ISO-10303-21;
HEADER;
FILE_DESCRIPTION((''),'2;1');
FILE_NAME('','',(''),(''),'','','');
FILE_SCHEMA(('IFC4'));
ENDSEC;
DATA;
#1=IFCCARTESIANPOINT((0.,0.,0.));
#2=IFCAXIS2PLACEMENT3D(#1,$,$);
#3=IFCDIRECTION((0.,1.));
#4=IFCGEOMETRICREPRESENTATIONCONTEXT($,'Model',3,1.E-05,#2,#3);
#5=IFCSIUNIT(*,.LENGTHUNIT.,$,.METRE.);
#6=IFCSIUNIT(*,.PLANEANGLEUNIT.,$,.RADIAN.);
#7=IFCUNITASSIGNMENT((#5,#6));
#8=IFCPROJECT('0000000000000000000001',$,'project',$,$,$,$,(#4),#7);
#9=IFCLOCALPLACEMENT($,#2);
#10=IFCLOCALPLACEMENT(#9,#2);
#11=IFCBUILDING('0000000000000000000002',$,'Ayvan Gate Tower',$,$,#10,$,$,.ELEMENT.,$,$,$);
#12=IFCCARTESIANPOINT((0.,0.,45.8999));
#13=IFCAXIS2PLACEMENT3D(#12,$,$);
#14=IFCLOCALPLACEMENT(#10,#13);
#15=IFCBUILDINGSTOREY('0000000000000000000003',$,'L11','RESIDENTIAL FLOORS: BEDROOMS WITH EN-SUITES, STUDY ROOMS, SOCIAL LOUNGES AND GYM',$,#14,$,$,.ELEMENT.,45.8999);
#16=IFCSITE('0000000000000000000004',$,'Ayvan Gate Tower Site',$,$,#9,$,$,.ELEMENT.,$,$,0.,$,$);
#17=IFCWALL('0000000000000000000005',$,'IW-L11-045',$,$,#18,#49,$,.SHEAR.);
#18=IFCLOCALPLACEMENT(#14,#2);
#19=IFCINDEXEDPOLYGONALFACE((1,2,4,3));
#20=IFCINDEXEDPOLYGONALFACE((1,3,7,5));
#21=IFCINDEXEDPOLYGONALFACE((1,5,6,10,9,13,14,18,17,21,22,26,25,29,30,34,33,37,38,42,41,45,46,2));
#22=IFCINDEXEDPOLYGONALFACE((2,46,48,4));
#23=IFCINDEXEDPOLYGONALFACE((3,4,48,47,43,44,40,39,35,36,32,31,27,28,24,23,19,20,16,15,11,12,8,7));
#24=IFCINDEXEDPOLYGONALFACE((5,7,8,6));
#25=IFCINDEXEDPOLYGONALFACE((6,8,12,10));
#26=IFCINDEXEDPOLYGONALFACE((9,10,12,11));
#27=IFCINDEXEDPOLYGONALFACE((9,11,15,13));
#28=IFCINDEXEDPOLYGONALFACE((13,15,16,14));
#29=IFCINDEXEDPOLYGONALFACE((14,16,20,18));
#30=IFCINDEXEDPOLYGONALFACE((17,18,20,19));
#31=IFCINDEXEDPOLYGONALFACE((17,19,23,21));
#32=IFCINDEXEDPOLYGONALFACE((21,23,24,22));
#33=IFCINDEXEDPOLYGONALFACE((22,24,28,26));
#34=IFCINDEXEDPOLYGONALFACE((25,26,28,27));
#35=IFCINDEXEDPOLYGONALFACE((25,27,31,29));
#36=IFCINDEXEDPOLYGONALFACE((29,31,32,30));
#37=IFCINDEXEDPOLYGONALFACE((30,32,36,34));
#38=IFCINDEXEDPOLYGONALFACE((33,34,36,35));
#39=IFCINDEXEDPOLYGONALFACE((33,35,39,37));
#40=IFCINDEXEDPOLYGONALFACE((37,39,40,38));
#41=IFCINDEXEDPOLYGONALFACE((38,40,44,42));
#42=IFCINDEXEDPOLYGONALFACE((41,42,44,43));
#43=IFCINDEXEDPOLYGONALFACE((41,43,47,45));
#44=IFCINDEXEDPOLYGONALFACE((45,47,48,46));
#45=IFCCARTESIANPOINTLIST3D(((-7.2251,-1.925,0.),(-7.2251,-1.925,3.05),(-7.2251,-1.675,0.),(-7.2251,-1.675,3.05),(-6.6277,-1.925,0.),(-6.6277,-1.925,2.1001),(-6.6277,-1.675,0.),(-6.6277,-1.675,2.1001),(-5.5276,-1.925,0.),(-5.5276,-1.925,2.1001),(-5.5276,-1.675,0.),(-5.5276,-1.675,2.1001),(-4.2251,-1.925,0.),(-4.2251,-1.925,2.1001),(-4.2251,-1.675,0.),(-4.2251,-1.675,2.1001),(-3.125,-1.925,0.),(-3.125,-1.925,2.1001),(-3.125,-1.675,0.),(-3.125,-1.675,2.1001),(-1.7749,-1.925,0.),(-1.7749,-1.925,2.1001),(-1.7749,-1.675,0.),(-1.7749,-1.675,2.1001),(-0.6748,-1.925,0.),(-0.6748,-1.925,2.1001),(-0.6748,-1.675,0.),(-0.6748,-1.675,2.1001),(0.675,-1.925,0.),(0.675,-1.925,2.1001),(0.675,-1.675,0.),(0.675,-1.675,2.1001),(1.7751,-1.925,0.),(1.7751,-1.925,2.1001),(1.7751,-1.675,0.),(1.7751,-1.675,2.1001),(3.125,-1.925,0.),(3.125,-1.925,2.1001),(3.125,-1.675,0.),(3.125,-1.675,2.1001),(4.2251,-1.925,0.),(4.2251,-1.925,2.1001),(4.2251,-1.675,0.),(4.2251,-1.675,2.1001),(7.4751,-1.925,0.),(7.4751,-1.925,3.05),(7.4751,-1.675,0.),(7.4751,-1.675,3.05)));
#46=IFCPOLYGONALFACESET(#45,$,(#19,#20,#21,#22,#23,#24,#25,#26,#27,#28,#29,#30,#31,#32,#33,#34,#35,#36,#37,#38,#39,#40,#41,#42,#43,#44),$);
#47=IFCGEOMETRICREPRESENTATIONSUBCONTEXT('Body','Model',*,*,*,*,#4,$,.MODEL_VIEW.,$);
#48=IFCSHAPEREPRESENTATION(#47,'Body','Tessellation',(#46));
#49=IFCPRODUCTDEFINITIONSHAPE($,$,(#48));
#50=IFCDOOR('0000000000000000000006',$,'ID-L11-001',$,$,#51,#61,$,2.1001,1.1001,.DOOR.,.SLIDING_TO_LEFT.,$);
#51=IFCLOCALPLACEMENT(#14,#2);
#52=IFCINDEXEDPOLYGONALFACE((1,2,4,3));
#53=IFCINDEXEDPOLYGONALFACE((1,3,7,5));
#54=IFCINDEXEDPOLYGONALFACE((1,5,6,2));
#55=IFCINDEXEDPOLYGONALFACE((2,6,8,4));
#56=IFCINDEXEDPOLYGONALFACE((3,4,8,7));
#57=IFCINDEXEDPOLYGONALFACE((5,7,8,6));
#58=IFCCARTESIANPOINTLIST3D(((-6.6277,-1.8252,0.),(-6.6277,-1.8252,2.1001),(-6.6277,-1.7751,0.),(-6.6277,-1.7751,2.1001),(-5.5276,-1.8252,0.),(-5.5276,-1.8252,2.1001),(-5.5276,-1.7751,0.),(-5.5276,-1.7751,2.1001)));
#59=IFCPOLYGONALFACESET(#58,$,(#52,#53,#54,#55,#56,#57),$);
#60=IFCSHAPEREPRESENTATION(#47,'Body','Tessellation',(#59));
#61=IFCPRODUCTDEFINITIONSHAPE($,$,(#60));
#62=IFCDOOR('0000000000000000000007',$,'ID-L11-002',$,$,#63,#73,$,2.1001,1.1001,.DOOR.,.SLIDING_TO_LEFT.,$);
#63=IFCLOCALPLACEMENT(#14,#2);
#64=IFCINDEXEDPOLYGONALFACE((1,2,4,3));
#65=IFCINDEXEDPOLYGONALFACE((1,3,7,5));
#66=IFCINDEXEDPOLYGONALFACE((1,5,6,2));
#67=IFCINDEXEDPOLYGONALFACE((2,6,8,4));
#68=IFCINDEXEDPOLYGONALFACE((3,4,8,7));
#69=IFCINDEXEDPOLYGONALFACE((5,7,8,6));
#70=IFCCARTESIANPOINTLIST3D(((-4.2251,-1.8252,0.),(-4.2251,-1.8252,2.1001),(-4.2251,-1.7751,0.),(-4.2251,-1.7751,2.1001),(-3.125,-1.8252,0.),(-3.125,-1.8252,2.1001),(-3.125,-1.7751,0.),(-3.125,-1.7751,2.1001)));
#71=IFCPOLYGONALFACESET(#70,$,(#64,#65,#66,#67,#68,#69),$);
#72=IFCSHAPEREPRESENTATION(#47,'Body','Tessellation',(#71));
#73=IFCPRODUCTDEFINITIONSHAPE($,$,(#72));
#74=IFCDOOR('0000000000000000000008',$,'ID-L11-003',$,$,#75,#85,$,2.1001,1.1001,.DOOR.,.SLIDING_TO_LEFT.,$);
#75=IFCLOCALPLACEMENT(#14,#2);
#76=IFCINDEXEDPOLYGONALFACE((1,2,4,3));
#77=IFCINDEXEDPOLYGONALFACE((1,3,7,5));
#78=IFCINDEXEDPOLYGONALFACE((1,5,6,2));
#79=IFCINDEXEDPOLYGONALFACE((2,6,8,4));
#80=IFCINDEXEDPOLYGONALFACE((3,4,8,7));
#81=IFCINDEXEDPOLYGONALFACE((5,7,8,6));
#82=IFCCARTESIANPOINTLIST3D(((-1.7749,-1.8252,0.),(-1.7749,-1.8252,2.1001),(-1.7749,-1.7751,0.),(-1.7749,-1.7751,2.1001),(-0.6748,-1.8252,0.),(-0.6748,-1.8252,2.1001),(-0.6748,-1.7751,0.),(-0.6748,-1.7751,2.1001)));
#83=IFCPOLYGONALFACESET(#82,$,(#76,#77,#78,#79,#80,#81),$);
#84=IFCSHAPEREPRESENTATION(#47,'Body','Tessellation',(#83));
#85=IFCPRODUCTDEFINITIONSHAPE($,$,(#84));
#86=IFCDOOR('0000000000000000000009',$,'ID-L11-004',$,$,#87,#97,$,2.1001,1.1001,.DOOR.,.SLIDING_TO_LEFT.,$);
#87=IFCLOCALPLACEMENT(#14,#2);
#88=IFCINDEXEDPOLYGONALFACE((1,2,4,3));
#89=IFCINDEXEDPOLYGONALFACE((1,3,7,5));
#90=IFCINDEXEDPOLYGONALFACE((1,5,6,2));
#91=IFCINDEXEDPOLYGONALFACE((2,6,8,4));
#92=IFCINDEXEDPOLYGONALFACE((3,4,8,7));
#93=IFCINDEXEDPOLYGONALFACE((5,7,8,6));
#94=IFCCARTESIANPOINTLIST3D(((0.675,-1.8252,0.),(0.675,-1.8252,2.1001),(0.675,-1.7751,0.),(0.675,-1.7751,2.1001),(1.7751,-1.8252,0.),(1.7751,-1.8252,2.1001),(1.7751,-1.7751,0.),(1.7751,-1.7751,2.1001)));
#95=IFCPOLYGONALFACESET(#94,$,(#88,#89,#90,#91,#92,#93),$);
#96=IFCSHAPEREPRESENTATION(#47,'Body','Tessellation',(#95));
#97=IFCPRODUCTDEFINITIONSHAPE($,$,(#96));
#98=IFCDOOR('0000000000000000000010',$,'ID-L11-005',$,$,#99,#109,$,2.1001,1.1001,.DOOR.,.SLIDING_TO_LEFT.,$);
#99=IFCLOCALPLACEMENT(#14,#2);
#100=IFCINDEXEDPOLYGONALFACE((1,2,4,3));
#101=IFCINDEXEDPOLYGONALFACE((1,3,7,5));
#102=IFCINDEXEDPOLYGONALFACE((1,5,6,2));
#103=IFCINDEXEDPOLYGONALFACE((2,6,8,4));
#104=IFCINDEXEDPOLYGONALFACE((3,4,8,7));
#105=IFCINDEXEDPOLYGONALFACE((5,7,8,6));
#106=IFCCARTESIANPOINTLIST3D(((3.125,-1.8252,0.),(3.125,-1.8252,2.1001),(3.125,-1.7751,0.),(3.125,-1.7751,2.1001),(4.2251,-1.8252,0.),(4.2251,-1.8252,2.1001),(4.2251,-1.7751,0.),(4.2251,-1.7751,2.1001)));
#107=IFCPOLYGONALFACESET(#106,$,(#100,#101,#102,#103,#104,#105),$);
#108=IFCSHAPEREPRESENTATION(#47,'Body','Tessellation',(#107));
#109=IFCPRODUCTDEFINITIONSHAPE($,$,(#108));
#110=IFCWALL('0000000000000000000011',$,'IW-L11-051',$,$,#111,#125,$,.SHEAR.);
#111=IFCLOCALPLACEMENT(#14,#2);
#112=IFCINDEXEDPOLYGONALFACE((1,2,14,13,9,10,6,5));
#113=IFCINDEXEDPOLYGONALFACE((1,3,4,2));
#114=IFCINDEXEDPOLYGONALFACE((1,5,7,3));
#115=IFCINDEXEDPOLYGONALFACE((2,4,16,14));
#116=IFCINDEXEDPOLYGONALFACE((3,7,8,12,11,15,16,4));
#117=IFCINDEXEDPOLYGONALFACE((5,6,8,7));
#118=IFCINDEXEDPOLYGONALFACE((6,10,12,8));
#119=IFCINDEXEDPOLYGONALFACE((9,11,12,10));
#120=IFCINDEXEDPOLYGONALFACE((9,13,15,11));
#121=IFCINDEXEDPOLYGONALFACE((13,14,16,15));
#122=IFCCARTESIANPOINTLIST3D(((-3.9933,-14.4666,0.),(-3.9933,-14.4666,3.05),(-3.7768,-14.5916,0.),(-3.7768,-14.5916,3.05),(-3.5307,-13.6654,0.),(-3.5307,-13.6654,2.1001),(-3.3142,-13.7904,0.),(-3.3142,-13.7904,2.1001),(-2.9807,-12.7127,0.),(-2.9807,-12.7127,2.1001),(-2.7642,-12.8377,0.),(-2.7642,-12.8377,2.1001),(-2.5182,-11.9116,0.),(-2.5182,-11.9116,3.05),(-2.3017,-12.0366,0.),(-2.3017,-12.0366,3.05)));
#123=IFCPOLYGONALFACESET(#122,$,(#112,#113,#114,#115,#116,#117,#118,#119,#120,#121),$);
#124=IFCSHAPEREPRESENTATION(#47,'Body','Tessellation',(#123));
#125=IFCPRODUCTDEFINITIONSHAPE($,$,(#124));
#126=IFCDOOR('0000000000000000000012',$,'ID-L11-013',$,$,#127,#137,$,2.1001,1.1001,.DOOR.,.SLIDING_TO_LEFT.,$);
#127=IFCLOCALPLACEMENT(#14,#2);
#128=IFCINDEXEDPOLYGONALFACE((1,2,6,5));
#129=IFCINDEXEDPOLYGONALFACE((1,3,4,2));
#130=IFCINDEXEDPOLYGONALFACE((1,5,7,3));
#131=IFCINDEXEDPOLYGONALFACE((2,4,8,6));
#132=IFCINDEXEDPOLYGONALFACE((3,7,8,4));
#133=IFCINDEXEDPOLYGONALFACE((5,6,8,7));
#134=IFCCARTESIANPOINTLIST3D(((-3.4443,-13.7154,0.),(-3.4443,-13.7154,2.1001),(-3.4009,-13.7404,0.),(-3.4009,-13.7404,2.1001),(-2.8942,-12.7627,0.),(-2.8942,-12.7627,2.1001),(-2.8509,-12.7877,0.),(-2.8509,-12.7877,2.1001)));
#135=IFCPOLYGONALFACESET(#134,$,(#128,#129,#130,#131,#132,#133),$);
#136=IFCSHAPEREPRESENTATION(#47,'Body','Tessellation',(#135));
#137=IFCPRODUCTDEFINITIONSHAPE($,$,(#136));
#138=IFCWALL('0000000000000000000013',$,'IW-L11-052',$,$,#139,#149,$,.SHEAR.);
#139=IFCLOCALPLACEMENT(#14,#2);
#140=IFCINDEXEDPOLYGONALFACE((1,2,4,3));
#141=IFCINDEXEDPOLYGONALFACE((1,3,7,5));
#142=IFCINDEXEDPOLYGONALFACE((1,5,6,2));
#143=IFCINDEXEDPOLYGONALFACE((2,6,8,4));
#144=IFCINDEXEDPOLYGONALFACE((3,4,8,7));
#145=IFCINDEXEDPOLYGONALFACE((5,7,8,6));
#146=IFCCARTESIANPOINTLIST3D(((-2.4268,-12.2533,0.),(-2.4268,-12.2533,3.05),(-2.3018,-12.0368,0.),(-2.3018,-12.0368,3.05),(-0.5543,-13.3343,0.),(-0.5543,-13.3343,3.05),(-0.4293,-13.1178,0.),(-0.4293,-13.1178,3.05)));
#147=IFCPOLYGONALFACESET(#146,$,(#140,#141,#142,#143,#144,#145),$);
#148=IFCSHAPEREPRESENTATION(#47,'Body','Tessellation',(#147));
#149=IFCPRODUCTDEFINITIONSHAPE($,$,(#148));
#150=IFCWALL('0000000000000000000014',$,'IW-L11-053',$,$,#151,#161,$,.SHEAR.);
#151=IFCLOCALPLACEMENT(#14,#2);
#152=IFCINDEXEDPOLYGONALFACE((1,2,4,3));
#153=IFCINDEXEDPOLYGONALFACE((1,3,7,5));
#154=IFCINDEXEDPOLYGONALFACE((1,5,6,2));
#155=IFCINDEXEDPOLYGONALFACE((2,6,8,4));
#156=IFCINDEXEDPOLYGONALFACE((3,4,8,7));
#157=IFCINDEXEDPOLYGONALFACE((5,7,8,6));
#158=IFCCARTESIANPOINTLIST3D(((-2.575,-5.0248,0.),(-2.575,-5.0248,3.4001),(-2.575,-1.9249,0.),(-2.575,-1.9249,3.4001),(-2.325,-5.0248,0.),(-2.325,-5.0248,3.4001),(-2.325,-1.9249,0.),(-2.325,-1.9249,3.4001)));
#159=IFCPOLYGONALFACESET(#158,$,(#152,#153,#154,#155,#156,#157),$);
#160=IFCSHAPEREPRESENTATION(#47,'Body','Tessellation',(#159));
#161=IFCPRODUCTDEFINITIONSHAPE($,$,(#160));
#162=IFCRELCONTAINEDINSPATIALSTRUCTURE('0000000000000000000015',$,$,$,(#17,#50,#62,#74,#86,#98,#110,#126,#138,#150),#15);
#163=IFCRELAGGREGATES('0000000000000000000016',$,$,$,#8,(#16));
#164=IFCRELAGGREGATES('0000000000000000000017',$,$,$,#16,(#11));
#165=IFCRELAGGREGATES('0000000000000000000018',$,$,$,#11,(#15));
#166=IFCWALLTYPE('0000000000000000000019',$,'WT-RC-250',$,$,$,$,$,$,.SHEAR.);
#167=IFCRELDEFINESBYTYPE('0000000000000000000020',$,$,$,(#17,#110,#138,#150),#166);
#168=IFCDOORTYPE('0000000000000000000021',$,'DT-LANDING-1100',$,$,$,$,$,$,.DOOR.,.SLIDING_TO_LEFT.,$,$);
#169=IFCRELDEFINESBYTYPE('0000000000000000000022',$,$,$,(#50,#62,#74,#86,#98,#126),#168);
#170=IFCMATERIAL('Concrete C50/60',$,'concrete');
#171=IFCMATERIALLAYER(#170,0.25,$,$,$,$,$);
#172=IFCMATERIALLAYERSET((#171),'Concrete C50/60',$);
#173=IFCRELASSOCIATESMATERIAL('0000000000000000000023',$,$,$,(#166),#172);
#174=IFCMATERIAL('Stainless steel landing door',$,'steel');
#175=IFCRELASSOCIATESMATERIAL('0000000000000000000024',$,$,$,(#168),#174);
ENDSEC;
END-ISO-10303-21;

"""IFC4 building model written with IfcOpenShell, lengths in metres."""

from ifc_helpers import new_model, si_unit, direction, frame, frame_2d, origin, place, context, subcontext, project, spatial, rectangle, extrude, material, layer, layer_set, type_object, element, fill, save


model = new_model("IFC4")

# Units and contexts
model_context = context("Model", 3, precision=1e-05, world=origin(), true_north=direction((0.0, 1.0)))
body_context = subcontext(model_context, "Body", "Model", "MODEL_VIEW")
ifc_project = project(units=[si_unit("LENGTHUNIT", "METRE"), si_unit("PLANEANGLEUNIT", "RADIAN")], contexts=[model_context])

# Site, building, storey
site_placement = place(None, origin())
site = spatial("IfcSite", under=ifc_project, at=site_placement, Name="Ayvan Gate Tower Site", CompositionType="ELEMENT", RefElevation=0.0)
building_placement = place(site_placement, origin())
building = spatial("IfcBuilding", under=site, at=building_placement, Name="Ayvan Gate Tower", CompositionType="ELEMENT")
storey_placement = place(building_placement, frame((0.0, 0.0, 45.8999)))
storey = spatial("IfcBuildingStorey", under=building, at=storey_placement, Name="L11", Description="RESIDENTIAL FLOORS: BEDROOMS WITH EN-SUITES, STUDY ROOMS, SOCIAL LOUNGES AND GYM", CompositionType="ELEMENT", Elevation=45.8999)

# Shared definitions
ifc_material_1 = material(Name="Concrete C50/60", Category="concrete")
ifc_layer_1 = layer(ifc_material_1, 0.25)
ifc_layer_set_1 = layer_set([ifc_layer_1], Name="Concrete C50/60")
wall_type_1 = type_object("IfcWallType", Name="WT-RC-250", PredefinedType="SHEAR", material=ifc_layer_set_1)

# Wall, openings, doors
wall_1_placement = place(storey_placement, frame((-7.2251, -1.8, 0.0), z_axis=(0.0, 0.0, 1.0), x_axis=(1.0, 0.0, 0.0)))
wall_1 = element("IfcWall", 1, at=wall_1_placement, inside=storey, type_object=wall_type_1, Name="IW-L11-045", PredefinedType="SHEAR", context=body_context, shape_type="SweptSolid", body=[
    extrude(rectangle(XDim=14.7002, YDim=0.25, at=frame_2d((7.3501, 0.0))), origin(), (0.0, 0.0, 1.0), 3.05),
])
opening_1_placement = place(wall_1_placement, frame((0.5974, 0.0, 0.0)))
opening_1 = element("IfcOpeningElement", 2, at=opening_1_placement, cuts=wall_1, PredefinedType="OPENING", context=body_context, shape_type="SweptSolid", body=[
    extrude(rectangle(XDim=1.1001, YDim=2.1001, at=frame_2d((0.55, 1.05))), frame((0.0, 0.135, 0.0), z_axis=(0.0, -1.0, 0.0), x_axis=(1.0, 0.0, 0.0)), (0.0, 0.0, 1.0), 0.27),
])
opening_2_placement = place(wall_1_placement, frame((3.0, 0.0, 0.0)))
opening_2 = element("IfcOpeningElement", 3, at=opening_2_placement, cuts=wall_1, PredefinedType="OPENING", context=body_context, shape_type="SweptSolid", body=[
    extrude(rectangle(XDim=1.1001, YDim=2.1001, at=frame_2d((0.55, 1.05))), frame((0.0, 0.135, 0.0), z_axis=(0.0, -1.0, 0.0), x_axis=(1.0, 0.0, 0.0)), (0.0, 0.0, 1.0), 0.27),
])
opening_3_placement = place(wall_1_placement, frame((5.4502, 0.0, 0.0)))
opening_3 = element("IfcOpeningElement", 4, at=opening_3_placement, cuts=wall_1, PredefinedType="OPENING", context=body_context, shape_type="SweptSolid", body=[
    extrude(rectangle(XDim=1.1001, YDim=2.1001, at=frame_2d((0.55, 1.05))), frame((0.0, 0.135, 0.0), z_axis=(0.0, -1.0, 0.0), x_axis=(1.0, 0.0, 0.0)), (0.0, 0.0, 1.0), 0.27),
])
opening_4_placement = place(wall_1_placement, frame((7.9001, 0.0, 0.0)))
opening_4 = element("IfcOpeningElement", 5, at=opening_4_placement, cuts=wall_1, PredefinedType="OPENING", context=body_context, shape_type="SweptSolid", body=[
    extrude(rectangle(XDim=1.1001, YDim=2.1001, at=frame_2d((0.55, 1.05))), frame((0.0, 0.135, 0.0), z_axis=(0.0, -1.0, 0.0), x_axis=(1.0, 0.0, 0.0)), (0.0, 0.0, 1.0), 0.27),
])
opening_5_placement = place(wall_1_placement, frame((10.3501, 0.0, 0.0)))
opening_5 = element("IfcOpeningElement", 6, at=opening_5_placement, cuts=wall_1, PredefinedType="OPENING", context=body_context, shape_type="SweptSolid", body=[
    extrude(rectangle(XDim=1.1001, YDim=2.1001, at=frame_2d((0.55, 1.05))), frame((0.0, 0.135, 0.0), z_axis=(0.0, -1.0, 0.0), x_axis=(1.0, 0.0, 0.0)), (0.0, 0.0, 1.0), 0.27),
])
ifc_material_2 = material(Name="Stainless steel landing door", Category="steel")
door_type_1 = type_object("IfcDoorType", Name="DT-LANDING-1100", OperationType="SLIDING_TO_LEFT", PredefinedType="DOOR", material=ifc_material_2)
door_1_placement = place(opening_1_placement, origin())
door_1 = element("IfcDoor", 7, at=door_1_placement, inside=storey, type_object=door_type_1, Name="ID-L11-001", OperationType="SLIDING_TO_LEFT", OverallHeight=2.1001, OverallWidth=1.1001, PredefinedType="DOOR", context=body_context, shape_type="SweptSolid", body=[
    extrude(rectangle(XDim=1.1001, YDim=2.1001, at=frame_2d((0.55, 1.05))), frame((0.0, 0.0249, 0.0), z_axis=(0.0, -1.0, 0.0), x_axis=(1.0, 0.0, 0.0)), (0.0, 0.0, 1.0), 0.05),
])
fill(opening_1, door_1)
door_2_placement = place(opening_2_placement, origin())
door_2 = element("IfcDoor", 8, at=door_2_placement, inside=storey, type_object=door_type_1, Name="ID-L11-002", OperationType="SLIDING_TO_LEFT", OverallHeight=2.1001, OverallWidth=1.1001, PredefinedType="DOOR", context=body_context, shape_type="SweptSolid", body=[
    extrude(rectangle(XDim=1.1001, YDim=2.1001, at=frame_2d((0.55, 1.05))), frame((0.0, 0.0249, 0.0), z_axis=(0.0, -1.0, 0.0), x_axis=(1.0, 0.0, 0.0)), (0.0, 0.0, 1.0), 0.05),
])
fill(opening_2, door_2)
door_3_placement = place(opening_3_placement, origin())
door_3 = element("IfcDoor", 9, at=door_3_placement, inside=storey, type_object=door_type_1, Name="ID-L11-003", OperationType="SLIDING_TO_LEFT", OverallHeight=2.1001, OverallWidth=1.1001, PredefinedType="DOOR", context=body_context, shape_type="SweptSolid", body=[
    extrude(rectangle(XDim=1.1001, YDim=2.1001, at=frame_2d((0.55, 1.05))), frame((0.0, 0.0249, 0.0), z_axis=(0.0, -1.0, 0.0), x_axis=(1.0, 0.0, 0.0)), (0.0, 0.0, 1.0), 0.05),
])
fill(opening_3, door_3)
door_4_placement = place(opening_4_placement, origin())
door_4 = element("IfcDoor", 10, at=door_4_placement, inside=storey, type_object=door_type_1, Name="ID-L11-004", OperationType="SLIDING_TO_LEFT", OverallHeight=2.1001, OverallWidth=1.1001, PredefinedType="DOOR", context=body_context, shape_type="SweptSolid", body=[
    extrude(rectangle(XDim=1.1001, YDim=2.1001, at=frame_2d((0.55, 1.05))), frame((0.0, 0.0249, 0.0), z_axis=(0.0, -1.0, 0.0), x_axis=(1.0, 0.0, 0.0)), (0.0, 0.0, 1.0), 0.05),
])
fill(opening_4, door_4)
door_5_placement = place(opening_5_placement, origin())
door_5 = element("IfcDoor", 11, at=door_5_placement, inside=storey, type_object=door_type_1, Name="ID-L11-005", OperationType="SLIDING_TO_LEFT", OverallHeight=2.1001, OverallWidth=1.1001, PredefinedType="DOOR", context=body_context, shape_type="SweptSolid", body=[
    extrude(rectangle(XDim=1.1001, YDim=2.1001, at=frame_2d((0.55, 1.05))), frame((0.0, 0.0249, 0.0), z_axis=(0.0, -1.0, 0.0), x_axis=(1.0, 0.0, 0.0)), (0.0, 0.0, 1.0), 0.05),
])
fill(opening_5, door_5)

# Wall, opening, door
wall_2_placement = place(storey_placement, frame((-2.4099, -11.9741, 0.0), z_axis=(0.0, 0.0, 1.0), x_axis=(-0.500002, -0.866024, 0.0)))
wall_2 = element("IfcWall", 12, at=wall_2_placement, inside=storey, type_object=wall_type_1, Name="IW-L11-051", PredefinedType="SHEAR", context=body_context, shape_type="SweptSolid", body=[
    extrude(rectangle(XDim=2.9502, YDim=0.25, at=frame_2d((1.4751, 0.0))), origin(), (0.0, 0.0, 1.0), 3.05),
])
opening_6_placement = place(wall_2_placement, frame((0.925, 0.0, 0.0)))
opening_6 = element("IfcOpeningElement", 13, at=opening_6_placement, cuts=wall_2, PredefinedType="OPENING", context=body_context, shape_type="SweptSolid", body=[
    extrude(rectangle(XDim=1.1001, YDim=2.1001, at=frame_2d((0.55, 1.05))), frame((0.0, 0.135, 0.0), z_axis=(0.0, -1.0, 0.0), x_axis=(1.0, 0.0, 0.0)), (0.0, 0.0, 1.0), 0.27),
])
door_6_placement = place(opening_6_placement, origin())
door_6 = element("IfcDoor", 14, at=door_6_placement, inside=storey, type_object=door_type_1, Name="ID-L11-013", OperationType="SLIDING_TO_LEFT", OverallHeight=2.1001, OverallWidth=1.1001, PredefinedType="DOOR", context=body_context, shape_type="SweptSolid", body=[
    extrude(rectangle(XDim=1.1001, YDim=2.1001, at=frame_2d((0.55, 1.05))), frame((0.0, 0.0249, 0.0), z_axis=(0.0, -1.0, 0.0), x_axis=(1.0, 0.0, 0.0)), (0.0, 0.0, 1.0), 0.05),
])
fill(opening_6, door_6)

# Walls
wall_3_placement = place(storey_placement, frame((-2.3643, -12.145, 0.0), z_axis=(0.0, 0.0, 1.0), x_axis=(0.866039, -0.499977, 0.0)))
element("IfcWall", 15, at=wall_3_placement, inside=storey, type_object=wall_type_1, Name="IW-L11-052", PredefinedType="SHEAR", context=body_context, shape_type="SweptSolid", body=[
    extrude(rectangle(XDim=2.1621, YDim=0.25, at=frame_2d((1.0811, 0.0))), origin(), (0.0, 0.0, 1.0), 3.05),
])
wall_4_placement = place(storey_placement, frame((-2.45, -1.925, 0.0), z_axis=(0.0, 0.0, 1.0), x_axis=(0.0, -1.0, 0.0)))
element("IfcWall", 16, at=wall_4_placement, inside=storey, type_object=wall_type_1, Name="IW-L11-053", PredefinedType="SHEAR", context=body_context, shape_type="SweptSolid", body=[
    extrude(rectangle(XDim=3.0999, YDim=0.25, at=frame_2d((1.5498, 0.0))), origin(), (0.0, 0.0, 1.0), 3.4001),
])

save(model, "model.ifc")
